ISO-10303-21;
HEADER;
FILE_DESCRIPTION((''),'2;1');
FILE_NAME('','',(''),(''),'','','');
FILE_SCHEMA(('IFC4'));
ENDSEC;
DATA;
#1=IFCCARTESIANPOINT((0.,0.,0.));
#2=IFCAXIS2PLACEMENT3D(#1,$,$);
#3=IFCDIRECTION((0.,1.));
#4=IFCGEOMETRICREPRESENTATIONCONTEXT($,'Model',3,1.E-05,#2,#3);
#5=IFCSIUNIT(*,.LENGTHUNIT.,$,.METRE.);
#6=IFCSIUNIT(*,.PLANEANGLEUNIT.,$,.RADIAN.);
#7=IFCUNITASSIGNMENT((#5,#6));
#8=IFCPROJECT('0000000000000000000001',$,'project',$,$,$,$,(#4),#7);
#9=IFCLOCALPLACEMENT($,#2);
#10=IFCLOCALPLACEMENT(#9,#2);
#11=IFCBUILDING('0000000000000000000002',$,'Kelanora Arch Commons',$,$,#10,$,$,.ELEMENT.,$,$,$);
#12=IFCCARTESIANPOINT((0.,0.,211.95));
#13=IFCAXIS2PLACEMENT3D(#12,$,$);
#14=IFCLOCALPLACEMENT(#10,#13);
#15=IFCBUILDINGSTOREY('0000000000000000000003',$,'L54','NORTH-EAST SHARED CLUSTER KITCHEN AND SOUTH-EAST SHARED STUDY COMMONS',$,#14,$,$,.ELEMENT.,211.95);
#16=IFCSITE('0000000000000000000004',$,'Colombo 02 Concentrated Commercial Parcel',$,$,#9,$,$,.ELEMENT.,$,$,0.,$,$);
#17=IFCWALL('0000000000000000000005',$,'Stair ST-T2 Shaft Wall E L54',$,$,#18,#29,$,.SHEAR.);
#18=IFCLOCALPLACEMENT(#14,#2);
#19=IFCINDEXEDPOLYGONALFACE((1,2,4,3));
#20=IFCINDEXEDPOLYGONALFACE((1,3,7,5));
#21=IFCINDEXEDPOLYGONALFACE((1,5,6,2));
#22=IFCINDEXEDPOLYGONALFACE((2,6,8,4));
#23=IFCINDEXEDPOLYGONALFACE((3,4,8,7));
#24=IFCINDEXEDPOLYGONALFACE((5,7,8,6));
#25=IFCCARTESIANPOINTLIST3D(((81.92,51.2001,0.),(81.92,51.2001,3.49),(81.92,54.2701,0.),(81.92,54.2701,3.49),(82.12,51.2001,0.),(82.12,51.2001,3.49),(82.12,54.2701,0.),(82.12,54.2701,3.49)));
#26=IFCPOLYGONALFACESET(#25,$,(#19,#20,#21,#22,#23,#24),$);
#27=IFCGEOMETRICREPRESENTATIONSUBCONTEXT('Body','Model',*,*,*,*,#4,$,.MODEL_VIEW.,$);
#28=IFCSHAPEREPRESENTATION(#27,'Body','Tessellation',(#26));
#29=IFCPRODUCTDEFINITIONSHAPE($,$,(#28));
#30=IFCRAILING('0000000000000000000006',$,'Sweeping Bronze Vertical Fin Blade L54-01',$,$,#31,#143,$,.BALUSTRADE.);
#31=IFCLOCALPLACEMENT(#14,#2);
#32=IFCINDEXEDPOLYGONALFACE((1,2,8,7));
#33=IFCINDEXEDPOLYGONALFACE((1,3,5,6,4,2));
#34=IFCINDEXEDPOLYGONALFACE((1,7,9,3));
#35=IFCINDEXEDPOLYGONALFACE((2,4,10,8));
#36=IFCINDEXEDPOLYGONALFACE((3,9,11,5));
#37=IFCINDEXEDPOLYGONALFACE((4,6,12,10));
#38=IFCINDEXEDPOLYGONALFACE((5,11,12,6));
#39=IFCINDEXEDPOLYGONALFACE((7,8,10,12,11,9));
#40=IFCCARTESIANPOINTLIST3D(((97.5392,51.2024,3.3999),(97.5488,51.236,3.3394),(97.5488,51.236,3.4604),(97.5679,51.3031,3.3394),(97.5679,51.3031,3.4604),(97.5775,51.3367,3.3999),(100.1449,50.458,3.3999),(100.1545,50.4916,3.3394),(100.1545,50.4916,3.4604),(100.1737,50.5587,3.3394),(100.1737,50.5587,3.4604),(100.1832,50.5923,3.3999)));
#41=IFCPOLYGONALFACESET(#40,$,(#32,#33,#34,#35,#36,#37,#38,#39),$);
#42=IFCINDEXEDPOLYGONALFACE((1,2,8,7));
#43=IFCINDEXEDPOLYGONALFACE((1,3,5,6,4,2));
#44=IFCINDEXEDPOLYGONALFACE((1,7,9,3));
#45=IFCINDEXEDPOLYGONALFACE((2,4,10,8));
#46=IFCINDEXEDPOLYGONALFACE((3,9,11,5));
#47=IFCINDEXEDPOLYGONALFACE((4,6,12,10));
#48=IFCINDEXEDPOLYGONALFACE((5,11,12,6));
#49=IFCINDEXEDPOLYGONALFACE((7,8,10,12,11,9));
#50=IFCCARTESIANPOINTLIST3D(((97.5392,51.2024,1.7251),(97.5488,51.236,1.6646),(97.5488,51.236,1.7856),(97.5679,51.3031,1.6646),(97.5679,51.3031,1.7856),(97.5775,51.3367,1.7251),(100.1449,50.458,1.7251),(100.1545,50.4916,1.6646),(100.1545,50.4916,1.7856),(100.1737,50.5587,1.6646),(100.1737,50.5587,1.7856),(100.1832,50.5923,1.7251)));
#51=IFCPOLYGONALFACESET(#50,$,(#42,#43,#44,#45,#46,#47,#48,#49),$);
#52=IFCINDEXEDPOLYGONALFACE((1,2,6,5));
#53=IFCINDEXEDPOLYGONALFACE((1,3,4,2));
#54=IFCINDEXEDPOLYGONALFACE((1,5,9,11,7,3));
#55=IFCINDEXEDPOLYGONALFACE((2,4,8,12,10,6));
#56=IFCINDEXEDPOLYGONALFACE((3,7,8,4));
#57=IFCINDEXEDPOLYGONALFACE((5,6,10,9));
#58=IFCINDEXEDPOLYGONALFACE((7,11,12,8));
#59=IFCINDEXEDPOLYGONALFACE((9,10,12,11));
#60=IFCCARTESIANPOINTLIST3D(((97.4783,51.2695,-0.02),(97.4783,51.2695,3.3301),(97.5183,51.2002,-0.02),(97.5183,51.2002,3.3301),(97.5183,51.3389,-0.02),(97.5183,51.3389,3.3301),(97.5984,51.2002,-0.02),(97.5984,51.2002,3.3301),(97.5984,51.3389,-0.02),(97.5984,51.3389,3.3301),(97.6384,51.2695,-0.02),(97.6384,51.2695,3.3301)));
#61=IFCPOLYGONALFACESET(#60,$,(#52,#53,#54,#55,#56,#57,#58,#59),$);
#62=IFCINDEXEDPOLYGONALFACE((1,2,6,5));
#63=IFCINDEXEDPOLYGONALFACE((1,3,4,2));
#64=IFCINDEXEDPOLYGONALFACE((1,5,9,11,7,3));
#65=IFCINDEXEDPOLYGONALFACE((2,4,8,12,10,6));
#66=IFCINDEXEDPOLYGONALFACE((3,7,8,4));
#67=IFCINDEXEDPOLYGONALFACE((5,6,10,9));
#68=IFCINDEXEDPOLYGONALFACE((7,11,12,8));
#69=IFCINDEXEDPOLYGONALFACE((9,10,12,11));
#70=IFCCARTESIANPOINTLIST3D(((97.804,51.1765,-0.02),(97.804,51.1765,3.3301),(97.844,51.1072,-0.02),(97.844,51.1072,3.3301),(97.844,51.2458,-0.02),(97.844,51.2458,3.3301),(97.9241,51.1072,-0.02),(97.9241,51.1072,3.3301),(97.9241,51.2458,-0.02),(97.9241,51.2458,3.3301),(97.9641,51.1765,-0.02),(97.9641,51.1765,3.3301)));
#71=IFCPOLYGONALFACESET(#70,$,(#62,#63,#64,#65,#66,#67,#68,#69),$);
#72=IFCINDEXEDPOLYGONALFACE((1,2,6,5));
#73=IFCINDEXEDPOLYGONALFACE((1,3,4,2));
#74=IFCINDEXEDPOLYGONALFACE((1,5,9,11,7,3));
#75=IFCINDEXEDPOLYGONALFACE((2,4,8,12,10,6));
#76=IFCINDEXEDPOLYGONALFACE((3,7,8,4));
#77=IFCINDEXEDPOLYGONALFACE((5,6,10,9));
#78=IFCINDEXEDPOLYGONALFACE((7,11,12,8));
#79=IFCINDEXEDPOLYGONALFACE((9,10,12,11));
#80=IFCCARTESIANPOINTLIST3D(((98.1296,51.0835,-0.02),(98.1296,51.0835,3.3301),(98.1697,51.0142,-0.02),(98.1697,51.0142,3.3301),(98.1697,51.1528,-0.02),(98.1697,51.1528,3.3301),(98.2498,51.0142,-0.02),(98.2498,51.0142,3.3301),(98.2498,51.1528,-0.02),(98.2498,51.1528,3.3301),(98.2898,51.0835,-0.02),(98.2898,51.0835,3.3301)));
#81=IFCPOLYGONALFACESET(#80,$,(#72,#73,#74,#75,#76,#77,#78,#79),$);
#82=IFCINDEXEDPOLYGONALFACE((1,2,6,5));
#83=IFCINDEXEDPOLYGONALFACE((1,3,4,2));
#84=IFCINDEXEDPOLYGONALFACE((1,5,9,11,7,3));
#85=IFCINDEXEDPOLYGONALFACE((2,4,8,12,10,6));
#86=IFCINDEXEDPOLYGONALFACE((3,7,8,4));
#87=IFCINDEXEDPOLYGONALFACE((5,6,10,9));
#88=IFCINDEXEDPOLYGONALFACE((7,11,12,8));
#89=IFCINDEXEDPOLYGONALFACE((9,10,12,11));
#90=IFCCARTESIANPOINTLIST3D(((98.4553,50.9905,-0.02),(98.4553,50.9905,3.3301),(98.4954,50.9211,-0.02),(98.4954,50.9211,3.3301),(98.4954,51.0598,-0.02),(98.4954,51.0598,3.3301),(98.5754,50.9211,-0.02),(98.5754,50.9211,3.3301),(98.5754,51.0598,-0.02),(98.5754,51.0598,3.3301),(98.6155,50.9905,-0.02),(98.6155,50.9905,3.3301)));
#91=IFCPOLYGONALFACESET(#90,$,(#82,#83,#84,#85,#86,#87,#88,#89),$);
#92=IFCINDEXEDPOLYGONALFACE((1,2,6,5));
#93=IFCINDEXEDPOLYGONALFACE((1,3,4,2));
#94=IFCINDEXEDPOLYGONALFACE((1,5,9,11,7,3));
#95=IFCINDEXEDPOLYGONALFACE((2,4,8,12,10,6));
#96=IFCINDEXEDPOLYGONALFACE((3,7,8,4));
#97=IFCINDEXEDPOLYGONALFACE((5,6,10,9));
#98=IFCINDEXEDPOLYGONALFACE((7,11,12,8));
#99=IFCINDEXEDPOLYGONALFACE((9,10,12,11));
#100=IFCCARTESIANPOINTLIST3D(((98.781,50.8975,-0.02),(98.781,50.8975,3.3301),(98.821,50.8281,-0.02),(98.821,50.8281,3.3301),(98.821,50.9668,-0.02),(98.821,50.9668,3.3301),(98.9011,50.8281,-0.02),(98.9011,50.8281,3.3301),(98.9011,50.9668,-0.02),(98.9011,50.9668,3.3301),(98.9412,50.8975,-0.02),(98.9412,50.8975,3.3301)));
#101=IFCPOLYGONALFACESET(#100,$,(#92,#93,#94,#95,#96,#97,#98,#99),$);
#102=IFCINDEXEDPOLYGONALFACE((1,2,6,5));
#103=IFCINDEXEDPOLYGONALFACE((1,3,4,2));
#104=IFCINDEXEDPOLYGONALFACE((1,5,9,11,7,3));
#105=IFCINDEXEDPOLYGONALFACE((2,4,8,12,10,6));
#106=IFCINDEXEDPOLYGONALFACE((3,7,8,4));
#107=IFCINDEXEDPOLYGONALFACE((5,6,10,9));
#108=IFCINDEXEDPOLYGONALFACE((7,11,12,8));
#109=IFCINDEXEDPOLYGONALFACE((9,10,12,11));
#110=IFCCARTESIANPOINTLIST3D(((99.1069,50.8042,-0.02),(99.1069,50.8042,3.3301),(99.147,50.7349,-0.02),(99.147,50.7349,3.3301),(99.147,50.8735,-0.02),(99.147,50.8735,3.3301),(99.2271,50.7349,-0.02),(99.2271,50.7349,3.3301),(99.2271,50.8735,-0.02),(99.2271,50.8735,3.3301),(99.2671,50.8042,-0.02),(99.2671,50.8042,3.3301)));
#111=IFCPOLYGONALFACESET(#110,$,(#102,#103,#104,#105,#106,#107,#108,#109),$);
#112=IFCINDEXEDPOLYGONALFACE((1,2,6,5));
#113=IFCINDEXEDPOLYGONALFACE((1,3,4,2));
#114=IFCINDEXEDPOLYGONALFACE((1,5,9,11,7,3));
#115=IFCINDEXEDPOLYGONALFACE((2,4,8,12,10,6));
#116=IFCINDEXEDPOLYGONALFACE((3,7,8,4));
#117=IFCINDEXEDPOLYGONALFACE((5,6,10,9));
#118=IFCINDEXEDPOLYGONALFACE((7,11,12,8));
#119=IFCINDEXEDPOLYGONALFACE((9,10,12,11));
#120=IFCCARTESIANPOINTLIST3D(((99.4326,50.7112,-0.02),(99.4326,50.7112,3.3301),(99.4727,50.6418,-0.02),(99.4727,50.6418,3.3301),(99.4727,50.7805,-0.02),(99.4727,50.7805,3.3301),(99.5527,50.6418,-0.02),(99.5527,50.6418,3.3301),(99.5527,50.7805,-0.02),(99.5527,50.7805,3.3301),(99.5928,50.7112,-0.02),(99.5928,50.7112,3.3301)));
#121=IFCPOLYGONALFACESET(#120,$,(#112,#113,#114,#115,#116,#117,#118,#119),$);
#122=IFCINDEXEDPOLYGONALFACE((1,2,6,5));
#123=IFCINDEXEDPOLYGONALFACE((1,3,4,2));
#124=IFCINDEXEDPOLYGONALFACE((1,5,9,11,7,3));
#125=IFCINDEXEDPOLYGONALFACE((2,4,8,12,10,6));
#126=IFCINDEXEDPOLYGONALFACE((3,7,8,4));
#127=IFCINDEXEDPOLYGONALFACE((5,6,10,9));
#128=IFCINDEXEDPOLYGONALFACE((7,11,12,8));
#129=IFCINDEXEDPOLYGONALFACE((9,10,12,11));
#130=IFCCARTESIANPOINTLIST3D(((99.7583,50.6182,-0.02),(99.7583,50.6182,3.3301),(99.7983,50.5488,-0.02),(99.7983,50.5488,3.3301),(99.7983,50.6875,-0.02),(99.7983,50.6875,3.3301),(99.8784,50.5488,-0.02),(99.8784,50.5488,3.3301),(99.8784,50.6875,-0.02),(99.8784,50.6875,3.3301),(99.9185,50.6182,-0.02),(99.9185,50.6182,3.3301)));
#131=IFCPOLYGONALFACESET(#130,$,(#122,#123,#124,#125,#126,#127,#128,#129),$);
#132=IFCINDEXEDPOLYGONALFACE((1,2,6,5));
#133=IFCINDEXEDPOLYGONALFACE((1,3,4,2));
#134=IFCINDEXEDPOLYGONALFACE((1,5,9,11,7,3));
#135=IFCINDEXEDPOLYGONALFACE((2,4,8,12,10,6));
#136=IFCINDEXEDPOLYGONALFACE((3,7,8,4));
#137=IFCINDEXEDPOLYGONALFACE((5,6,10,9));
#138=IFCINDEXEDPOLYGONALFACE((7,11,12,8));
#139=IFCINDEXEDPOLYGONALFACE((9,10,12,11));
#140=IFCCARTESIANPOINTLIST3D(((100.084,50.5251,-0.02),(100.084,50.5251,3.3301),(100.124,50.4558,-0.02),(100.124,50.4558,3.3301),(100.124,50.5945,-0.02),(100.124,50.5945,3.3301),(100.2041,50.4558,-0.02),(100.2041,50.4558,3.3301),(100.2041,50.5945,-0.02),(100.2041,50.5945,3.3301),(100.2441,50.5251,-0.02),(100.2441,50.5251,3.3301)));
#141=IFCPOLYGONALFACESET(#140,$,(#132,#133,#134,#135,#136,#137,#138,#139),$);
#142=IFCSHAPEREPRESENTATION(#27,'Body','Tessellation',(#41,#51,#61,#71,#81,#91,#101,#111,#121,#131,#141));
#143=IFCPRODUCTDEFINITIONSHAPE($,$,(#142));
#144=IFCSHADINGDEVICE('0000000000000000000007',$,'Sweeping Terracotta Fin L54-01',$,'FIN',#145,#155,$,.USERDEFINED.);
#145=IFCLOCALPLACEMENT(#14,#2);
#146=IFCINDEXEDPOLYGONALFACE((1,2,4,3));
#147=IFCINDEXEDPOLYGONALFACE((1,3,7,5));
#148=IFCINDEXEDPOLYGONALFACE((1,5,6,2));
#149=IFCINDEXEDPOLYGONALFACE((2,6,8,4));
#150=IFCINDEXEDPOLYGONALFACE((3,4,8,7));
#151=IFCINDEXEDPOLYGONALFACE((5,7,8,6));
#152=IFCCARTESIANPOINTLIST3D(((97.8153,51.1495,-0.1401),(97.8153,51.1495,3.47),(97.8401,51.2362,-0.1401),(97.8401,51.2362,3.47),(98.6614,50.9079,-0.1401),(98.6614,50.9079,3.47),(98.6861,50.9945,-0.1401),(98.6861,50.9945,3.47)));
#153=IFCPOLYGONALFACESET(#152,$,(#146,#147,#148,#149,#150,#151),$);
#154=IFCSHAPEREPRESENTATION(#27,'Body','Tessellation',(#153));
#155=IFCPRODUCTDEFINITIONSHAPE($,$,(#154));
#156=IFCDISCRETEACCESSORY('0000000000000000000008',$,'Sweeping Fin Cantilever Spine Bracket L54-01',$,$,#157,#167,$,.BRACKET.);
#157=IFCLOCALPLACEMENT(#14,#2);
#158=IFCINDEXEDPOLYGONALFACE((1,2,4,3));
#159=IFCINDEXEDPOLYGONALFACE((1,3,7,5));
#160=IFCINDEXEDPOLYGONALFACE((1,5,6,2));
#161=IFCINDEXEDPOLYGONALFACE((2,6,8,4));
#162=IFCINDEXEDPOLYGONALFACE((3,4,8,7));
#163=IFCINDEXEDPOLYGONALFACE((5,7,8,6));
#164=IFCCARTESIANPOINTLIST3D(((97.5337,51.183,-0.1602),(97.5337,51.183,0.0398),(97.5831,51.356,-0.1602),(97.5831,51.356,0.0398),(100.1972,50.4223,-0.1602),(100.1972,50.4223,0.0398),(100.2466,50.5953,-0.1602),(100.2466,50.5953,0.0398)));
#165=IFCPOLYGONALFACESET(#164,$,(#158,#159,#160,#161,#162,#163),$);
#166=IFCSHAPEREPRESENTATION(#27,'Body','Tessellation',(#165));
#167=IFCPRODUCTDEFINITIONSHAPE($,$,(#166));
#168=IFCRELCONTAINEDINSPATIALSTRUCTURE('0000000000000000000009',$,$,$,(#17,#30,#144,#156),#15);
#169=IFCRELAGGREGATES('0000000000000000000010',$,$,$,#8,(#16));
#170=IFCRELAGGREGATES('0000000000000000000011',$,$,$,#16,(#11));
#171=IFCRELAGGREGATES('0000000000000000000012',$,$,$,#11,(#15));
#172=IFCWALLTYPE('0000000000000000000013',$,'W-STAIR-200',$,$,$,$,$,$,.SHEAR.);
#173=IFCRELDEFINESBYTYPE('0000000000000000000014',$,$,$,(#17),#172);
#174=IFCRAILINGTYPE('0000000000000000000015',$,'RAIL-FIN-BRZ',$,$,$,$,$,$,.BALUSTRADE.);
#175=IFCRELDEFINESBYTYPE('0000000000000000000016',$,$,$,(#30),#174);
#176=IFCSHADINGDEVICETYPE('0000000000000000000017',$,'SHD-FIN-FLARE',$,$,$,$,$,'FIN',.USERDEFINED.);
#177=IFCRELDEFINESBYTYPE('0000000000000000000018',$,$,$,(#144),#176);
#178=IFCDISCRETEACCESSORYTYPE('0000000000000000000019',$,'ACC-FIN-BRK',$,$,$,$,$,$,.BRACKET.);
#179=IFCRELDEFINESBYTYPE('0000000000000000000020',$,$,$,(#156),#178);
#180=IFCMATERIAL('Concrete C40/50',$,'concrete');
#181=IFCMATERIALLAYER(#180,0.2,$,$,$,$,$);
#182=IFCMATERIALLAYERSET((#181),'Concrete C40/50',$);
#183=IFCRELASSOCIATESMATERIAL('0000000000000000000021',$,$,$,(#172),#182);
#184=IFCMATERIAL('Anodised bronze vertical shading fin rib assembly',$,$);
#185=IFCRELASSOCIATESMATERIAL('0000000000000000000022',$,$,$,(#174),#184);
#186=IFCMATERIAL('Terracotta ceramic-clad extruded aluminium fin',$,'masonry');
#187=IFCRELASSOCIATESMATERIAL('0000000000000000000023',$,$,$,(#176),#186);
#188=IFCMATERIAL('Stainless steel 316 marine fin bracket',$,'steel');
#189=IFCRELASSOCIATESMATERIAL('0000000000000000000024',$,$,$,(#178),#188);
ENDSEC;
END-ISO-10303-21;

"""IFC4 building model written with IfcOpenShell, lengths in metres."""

from ifc_helpers import new_model, si_unit, direction, frame, frame_2d, origin, origin_2d, place, context, subcontext, project, spatial, polyline, rectangle, outline, extrude, source, transform, mapped, material, layer, layer_set, type_object, element, save


model = new_model("IFC4")

# Units and contexts
model_context = context("Model", 3, precision=1e-05, world=origin(), true_north=direction((0.0, 1.0)))
body_context = subcontext(model_context, "Body", "Model", "MODEL_VIEW")
ifc_project = project(units=[si_unit("LENGTHUNIT", "METRE"), si_unit("PLANEANGLEUNIT", "RADIAN")], contexts=[model_context])

# Site, building, storey
site_placement = place(None, origin())
site = spatial("IfcSite", under=ifc_project, at=site_placement, Name="Colombo 02 Concentrated Commercial Parcel", CompositionType="ELEMENT", RefElevation=0.0)
building_placement = place(site_placement, origin())
building = spatial("IfcBuilding", under=site, at=building_placement, Name="Kelanora Arch Commons", CompositionType="ELEMENT")
storey_placement = place(building_placement, frame((0.0, 0.0, 211.95)))
storey = spatial("IfcBuildingStorey", under=building, at=storey_placement, Name="L54", Description="NORTH-EAST SHARED CLUSTER KITCHEN AND SOUTH-EAST SHARED STUDY COMMONS", CompositionType="ELEMENT", Elevation=211.95)

# Wall
ifc_material_1 = material(Name="Concrete C40/50", Category="concrete")
ifc_layer_1 = layer(ifc_material_1, 0.2)
ifc_layer_set_1 = layer_set([ifc_layer_1], Name="Concrete C40/50")
wall_type_1 = type_object("IfcWallType", Name="W-STAIR-200", PredefinedType="SHEAR", material=ifc_layer_set_1)
wall_1_placement = place(storey_placement, frame((82.02, 51.2, 0.0), z_axis=(0.0, 0.0, 1.0), x_axis=(0.0, 1.0, 0.0)))
element("IfcWall", 1, at=wall_1_placement, inside=storey, type_object=wall_type_1, Name="Stair ST-T2 Shaft Wall E L54", PredefinedType="SHEAR", context=body_context, shape_type="SweptSolid", body=[
    extrude(rectangle(XDim=3.0701, YDim=0.2, at=frame_2d((1.5352, 0.0))), origin(), (0.0, 0.0, 1.0), 3.49),
])

# Railing
ifc_material_2 = material(Name="Anodised bronze vertical shading fin rib assembly")
railing_type = type_object("IfcRailingType", Name="RAIL-FIN-BRZ", PredefinedType="BALUSTRADE", material=ifc_material_2)
railing_placement = place(storey_placement, frame((97.5583, 51.2695, -0.02)))
element("IfcRailing", 2, at=railing_placement, inside=storey, type_object=railing_type, Name="Sweeping Bronze Vertical Fin Blade L54-01", PredefinedType="BALUSTRADE", context=body_context, shape_type="SweptSolid", body=[
    extrude(outline(polyline([(0.0698, 0.0), (0.0349, 0.0605), (-0.0349, 0.0605), (-0.0698, 0.0), (-0.0349, -0.0605), (0.0349, -0.0605), (0.0698, 0.0)])), frame((0.0, 0.0, 3.4199), z_axis=(0.961534, -0.274685, 0.0), x_axis=(0.274685, 0.961534, 0.0)), (0.0, 0.0, 1.0), 2.71),
    extrude(outline(polyline([(0.0698, 0.0), (0.0349, 0.0605), (-0.0349, 0.0605), (-0.0698, 0.0), (-0.0349, -0.0605), (0.0349, -0.0605), (0.0698, 0.0)])), frame((0.0, 0.0, 1.7451), z_axis=(0.961534, -0.274685, 0.0), x_axis=(0.274685, 0.961534, 0.0)), (0.0, 0.0, 1.0), 2.71),
    extrude(outline(polyline([(0.0801, 0.0), (0.04, 0.0693), (-0.04, 0.0693), (-0.0801, 0.0), (-0.04, -0.0693), (0.04, -0.0693), (0.0801, 0.0)])), origin(), (0.0, 0.0, 1.0), 3.3501),
    extrude(outline(polyline([(0.0801, 0.0), (0.04, 0.0693), (-0.04, 0.0693), (-0.0801, 0.0), (-0.04, -0.0693), (0.04, -0.0693), (0.0801, 0.0)])), frame((0.3257, -0.093, 0.0)), (0.0, 0.0, 1.0), 3.3501),
    extrude(outline(polyline([(0.0801, 0.0), (0.04, 0.0693), (-0.04, 0.0693), (-0.0801, 0.0), (-0.04, -0.0693), (0.04, -0.0693), (0.0801, 0.0)])), frame((0.6514, -0.186, 0.0)), (0.0, 0.0, 1.0), 3.3501),
    extrude(outline(polyline([(0.0801, 0.0), (0.04, 0.0693), (-0.04, 0.0693), (-0.0801, 0.0), (-0.04, -0.0693), (0.04, -0.0693), (0.0801, 0.0)])), frame((0.9771, -0.2791, 0.0)), (0.0, 0.0, 1.0), 3.3501),
    extrude(outline(polyline([(0.0801, 0.0), (0.04, 0.0693), (-0.04, 0.0693), (-0.0801, 0.0), (-0.04, -0.0693), (0.04, -0.0693), (0.0801, 0.0)])), frame((1.3027, -0.3721, 0.0)), (0.0, 0.0, 1.0), 3.3501),
    extrude(outline(polyline([(0.0801, 0.0), (0.04, 0.0693), (-0.04, 0.0693), (-0.0801, 0.0), (-0.04, -0.0693), (0.04, -0.0693), (0.0801, 0.0)])), frame((1.6287, -0.4653, 0.0)), (0.0, 0.0, 1.0), 3.3501),
    extrude(outline(polyline([(0.0801, 0.0), (0.04, 0.0693), (-0.04, 0.0693), (-0.0801, 0.0), (-0.04, -0.0693), (0.04, -0.0693), (0.0801, 0.0)])), frame((1.9543, -0.5583, 0.0)), (0.0, 0.0, 1.0), 3.3501),
    extrude(outline(polyline([(0.0801, 0.0), (0.04, 0.0693), (-0.04, 0.0693), (-0.0801, 0.0), (-0.04, -0.0693), (0.04, -0.0693), (0.0801, 0.0)])), frame((2.28, -0.6514, 0.0)), (0.0, 0.0, 1.0), 3.3501),
    extrude(outline(polyline([(0.0801, 0.0), (0.04, 0.0693), (-0.04, 0.0693), (-0.0801, 0.0), (-0.04, -0.0693), (0.04, -0.0693), (0.0801, 0.0)])), frame((2.6057, -0.7444, 0.0)), (0.0, 0.0, 1.0), 3.3501),
])

# Shading device
ifc_material_3 = material(Name="Terracotta ceramic-clad extruded aluminium fin", Category="masonry")
shading_device_type = type_object("IfcShadingDeviceType", Name="SHD-FIN-FLARE", ElementType="FIN", PredefinedType="USERDEFINED", material=ifc_material_3)
shared_shape_1 = source(origin(), body_context, "Body", "SweptSolid", [
    extrude(rectangle(XDim=0.8799, YDim=0.0901, at=origin_2d()), origin(), (0.0, 0.0, 1.0), 3.6101),
])
shading_device_placement = place(storey_placement, frame((98.2507, 51.072, -0.1401), z_axis=(0.0, 0.0, 1.0), x_axis=(0.96155, -0.274631, 0.0)))
element("IfcShadingDevice", 3, at=shading_device_placement, inside=storey, type_object=shading_device_type, Name="Sweeping Terracotta Fin L54-01", ObjectType="FIN", PredefinedType="USERDEFINED", context=body_context, shape_type="MappedRepresentation", body=[
    mapped(shared_shape_1, transform((0.0, 0.0, 0.0), scale=1.0)),
])

# Discrete accessory
ifc_material_4 = material(Name="Stainless steel 316 marine fin bracket", Category="steel")
discrete_accessory_type = type_object("IfcDiscreteAccessoryType", Name="ACC-FIN-BRK", PredefinedType="BRACKET", material=ifc_material_4)
shared_shape_2 = source(origin(), body_context, "Body", "SweptSolid", [
    extrude(rectangle(XDim=2.77, YDim=0.1799, at=origin_2d()), origin(), (0.0, 0.0, 1.0), 0.2),
])
discrete_accessory_placement = place(storey_placement, frame((98.8901, 50.8892, -0.1602), z_axis=(0.0, 0.0, 1.0), x_axis=(0.96155, -0.274631, 0.0)))
element("IfcDiscreteAccessory", 4, at=discrete_accessory_placement, inside=storey, type_object=discrete_accessory_type, Name="Sweeping Fin Cantilever Spine Bracket L54-01", PredefinedType="BRACKET", context=body_context, shape_type="MappedRepresentation", body=[
    mapped(shared_shape_2, transform((0.0, 0.0, 0.0), scale=1.0)),
])

save(model, "model.ifc")
